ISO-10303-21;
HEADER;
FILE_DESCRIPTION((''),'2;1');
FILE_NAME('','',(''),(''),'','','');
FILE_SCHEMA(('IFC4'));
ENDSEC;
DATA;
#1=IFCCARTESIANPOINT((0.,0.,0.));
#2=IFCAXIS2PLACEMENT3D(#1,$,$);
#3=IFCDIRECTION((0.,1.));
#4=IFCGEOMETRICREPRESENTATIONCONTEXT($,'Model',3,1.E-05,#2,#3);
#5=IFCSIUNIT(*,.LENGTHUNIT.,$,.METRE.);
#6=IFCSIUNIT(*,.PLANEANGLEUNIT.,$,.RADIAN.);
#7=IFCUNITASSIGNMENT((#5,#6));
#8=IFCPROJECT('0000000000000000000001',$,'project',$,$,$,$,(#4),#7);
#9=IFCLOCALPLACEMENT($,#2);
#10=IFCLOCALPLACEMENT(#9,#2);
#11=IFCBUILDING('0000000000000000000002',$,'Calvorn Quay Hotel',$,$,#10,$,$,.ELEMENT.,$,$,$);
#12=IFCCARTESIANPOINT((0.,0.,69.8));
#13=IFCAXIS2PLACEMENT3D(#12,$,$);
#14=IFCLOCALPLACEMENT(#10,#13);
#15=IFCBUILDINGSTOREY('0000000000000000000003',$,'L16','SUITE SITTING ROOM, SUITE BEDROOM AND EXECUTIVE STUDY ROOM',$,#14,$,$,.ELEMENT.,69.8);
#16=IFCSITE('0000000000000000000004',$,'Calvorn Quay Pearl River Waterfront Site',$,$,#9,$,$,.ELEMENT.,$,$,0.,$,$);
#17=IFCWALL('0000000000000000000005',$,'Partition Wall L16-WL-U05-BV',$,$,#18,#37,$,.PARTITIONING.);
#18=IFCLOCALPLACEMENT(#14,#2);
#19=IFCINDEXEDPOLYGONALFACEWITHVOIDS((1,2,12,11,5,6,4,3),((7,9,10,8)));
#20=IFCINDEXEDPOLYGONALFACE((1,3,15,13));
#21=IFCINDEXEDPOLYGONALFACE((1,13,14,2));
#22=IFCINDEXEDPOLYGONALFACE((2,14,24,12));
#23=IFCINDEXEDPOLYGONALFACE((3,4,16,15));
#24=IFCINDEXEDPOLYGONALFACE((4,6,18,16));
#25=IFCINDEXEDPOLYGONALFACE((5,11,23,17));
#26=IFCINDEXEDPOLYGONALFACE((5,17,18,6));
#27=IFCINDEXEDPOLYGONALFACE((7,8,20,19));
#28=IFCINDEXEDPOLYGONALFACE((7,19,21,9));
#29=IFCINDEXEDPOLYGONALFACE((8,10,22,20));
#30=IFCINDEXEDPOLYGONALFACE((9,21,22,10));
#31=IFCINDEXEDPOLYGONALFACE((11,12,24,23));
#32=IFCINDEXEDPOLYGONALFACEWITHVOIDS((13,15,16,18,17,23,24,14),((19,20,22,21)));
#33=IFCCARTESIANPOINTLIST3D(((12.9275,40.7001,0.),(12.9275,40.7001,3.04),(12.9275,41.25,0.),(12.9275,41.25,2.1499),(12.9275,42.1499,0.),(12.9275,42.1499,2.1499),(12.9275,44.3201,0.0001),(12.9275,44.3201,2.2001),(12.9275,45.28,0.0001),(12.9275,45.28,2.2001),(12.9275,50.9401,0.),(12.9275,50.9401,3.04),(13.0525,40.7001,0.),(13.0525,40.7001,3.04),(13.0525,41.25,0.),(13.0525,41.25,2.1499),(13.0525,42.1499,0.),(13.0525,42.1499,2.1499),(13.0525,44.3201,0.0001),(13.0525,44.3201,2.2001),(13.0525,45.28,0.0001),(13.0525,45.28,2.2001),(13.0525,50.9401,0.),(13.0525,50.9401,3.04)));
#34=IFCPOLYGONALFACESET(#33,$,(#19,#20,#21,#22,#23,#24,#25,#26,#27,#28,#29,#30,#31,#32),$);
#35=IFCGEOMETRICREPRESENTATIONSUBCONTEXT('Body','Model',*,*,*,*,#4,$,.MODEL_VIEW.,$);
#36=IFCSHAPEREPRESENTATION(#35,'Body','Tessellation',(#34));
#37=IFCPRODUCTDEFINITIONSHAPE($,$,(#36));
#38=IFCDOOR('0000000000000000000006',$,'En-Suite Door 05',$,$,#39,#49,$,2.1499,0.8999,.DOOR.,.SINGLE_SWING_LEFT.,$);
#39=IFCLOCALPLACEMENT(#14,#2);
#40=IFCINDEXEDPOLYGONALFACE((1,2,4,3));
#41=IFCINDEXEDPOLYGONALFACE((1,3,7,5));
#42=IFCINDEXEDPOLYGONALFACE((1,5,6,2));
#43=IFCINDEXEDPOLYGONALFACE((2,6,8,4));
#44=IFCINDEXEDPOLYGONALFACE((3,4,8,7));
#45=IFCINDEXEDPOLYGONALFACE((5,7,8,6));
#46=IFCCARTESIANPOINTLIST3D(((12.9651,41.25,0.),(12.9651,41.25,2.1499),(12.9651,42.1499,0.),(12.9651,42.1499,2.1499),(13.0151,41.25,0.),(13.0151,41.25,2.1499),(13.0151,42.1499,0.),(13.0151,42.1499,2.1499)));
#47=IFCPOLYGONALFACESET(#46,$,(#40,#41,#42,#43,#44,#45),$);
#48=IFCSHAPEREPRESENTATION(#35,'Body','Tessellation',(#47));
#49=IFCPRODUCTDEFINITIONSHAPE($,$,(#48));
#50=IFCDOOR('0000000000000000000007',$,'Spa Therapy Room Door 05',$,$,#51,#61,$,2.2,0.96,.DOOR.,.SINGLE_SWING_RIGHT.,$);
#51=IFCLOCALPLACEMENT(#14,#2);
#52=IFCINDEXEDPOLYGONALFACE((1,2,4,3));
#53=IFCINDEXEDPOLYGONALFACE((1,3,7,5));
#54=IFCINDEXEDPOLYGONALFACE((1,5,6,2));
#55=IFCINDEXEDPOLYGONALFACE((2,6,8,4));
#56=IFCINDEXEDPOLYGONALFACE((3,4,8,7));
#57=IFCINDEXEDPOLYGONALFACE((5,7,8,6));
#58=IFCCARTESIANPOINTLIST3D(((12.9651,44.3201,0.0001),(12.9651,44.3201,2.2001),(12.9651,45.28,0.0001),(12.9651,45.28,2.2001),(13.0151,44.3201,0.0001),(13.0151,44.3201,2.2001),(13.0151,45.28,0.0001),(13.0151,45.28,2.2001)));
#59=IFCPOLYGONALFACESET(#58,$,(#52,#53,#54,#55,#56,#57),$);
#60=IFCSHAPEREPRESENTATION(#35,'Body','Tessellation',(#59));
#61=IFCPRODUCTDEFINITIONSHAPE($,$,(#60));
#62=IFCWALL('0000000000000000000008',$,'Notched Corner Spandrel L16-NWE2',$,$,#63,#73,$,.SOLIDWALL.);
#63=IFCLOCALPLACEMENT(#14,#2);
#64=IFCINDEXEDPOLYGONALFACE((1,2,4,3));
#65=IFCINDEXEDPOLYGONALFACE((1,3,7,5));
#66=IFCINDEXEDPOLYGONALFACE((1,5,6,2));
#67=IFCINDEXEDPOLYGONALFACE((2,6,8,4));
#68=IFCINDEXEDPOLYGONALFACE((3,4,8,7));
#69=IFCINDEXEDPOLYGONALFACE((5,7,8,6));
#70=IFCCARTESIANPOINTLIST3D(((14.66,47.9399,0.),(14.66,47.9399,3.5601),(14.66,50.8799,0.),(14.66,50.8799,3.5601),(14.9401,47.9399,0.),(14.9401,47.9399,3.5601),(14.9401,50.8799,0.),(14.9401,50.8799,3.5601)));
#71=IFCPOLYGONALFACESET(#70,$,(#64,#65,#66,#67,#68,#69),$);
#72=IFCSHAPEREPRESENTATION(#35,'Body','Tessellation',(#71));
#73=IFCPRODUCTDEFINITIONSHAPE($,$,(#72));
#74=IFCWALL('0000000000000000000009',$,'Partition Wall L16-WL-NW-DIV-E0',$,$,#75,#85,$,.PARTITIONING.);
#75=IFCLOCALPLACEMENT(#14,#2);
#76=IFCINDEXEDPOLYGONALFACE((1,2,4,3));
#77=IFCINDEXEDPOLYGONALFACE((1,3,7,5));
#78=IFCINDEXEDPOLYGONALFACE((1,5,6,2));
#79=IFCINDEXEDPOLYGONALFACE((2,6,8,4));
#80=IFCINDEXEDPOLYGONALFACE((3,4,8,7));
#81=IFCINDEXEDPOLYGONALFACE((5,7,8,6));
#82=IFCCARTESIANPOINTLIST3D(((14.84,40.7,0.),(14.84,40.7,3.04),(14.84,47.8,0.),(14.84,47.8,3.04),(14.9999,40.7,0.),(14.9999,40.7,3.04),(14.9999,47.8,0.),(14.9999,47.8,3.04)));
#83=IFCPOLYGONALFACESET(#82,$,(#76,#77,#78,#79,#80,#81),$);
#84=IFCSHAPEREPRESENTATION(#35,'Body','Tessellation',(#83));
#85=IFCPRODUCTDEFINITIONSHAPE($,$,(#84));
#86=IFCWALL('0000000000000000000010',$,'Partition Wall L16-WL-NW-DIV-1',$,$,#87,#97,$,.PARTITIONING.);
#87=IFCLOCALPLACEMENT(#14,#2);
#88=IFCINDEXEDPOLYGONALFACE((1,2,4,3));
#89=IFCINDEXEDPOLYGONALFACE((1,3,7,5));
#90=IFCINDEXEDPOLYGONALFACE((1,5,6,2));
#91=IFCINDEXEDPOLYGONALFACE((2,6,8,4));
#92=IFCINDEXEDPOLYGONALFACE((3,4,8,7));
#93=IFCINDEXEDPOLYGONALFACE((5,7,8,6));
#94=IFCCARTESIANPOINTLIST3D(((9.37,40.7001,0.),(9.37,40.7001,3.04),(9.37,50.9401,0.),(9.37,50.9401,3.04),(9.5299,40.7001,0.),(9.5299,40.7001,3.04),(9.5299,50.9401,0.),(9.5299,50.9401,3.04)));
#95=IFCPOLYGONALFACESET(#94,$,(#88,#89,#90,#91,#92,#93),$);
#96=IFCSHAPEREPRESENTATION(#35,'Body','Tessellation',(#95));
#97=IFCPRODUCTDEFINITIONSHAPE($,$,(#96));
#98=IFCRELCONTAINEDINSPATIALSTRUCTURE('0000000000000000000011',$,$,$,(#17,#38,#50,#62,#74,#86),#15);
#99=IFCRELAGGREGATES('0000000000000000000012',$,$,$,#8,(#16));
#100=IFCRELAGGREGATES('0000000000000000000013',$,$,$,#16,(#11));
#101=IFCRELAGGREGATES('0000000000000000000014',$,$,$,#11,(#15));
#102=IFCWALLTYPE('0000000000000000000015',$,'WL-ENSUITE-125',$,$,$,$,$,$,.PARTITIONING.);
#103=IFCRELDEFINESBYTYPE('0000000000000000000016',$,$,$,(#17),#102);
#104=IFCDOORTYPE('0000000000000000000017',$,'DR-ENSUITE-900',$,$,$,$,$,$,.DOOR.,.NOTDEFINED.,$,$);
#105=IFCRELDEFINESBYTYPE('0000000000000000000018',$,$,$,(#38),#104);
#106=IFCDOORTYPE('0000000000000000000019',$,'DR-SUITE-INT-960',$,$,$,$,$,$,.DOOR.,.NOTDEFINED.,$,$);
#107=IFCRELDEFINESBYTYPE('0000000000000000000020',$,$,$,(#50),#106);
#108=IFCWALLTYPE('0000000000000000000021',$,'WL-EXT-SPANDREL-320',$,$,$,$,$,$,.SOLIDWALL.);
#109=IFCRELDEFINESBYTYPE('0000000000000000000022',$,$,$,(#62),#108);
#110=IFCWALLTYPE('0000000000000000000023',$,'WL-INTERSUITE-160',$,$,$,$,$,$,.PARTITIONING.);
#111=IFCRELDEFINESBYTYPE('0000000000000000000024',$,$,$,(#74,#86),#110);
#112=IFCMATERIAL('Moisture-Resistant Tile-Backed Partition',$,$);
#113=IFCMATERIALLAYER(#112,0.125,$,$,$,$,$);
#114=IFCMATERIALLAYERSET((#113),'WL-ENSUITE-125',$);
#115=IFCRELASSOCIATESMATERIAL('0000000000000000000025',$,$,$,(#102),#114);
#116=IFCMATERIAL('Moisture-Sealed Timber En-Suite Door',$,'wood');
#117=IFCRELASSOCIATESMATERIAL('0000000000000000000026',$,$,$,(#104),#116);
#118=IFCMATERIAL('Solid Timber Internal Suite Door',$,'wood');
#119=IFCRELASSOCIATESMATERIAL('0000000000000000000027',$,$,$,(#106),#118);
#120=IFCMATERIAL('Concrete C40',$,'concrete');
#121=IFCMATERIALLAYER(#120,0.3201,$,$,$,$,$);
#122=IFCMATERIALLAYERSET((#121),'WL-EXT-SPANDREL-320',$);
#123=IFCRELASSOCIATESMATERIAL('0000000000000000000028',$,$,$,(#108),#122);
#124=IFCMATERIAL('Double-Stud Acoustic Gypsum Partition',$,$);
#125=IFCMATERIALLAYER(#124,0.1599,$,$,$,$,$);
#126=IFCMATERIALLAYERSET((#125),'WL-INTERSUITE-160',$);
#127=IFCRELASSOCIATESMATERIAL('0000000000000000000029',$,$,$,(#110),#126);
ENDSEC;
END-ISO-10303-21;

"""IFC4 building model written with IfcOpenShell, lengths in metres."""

from ifc_helpers import new_model, si_unit, direction, frame, frame_2d, origin, place, context, subcontext, project, spatial, rectangle, extrude, material, layer, layer_set, type_object, element, fill, save


model = new_model("IFC4")

# Units and contexts
model_context = context("Model", 3, precision=1e-05, world=origin(), true_north=direction((0.0, 1.0)))
body_context = subcontext(model_context, "Body", "Model", "MODEL_VIEW")
ifc_project = project(units=[si_unit("LENGTHUNIT", "METRE"), si_unit("PLANEANGLEUNIT", "RADIAN")], contexts=[model_context])

# Site, building, storey
site_placement = place(None, origin())
site = spatial("IfcSite", under=ifc_project, at=site_placement, Name="Calvorn Quay Pearl River Waterfront Site", CompositionType="ELEMENT", RefElevation=0.0)
building_placement = place(site_placement, origin())
building = spatial("IfcBuilding", under=site, at=building_placement, Name="Calvorn Quay Hotel", CompositionType="ELEMENT")
storey_placement = place(building_placement, frame((0.0, 0.0, 69.8)))
storey = spatial("IfcBuildingStorey", under=building, at=storey_placement, Name="L16", Description="SUITE SITTING ROOM, SUITE BEDROOM AND EXECUTIVE STUDY ROOM", CompositionType="ELEMENT", Elevation=69.8)

# Shared definitions
ifc_material_1 = material(Name="Moisture-Resistant Tile-Backed Partition")
ifc_layer_1 = layer(ifc_material_1, 0.125)
ifc_layer_set_1 = layer_set([ifc_layer_1], Name="WL-ENSUITE-125")
wall_type_1 = type_object("IfcWallType", Name="WL-ENSUITE-125", PredefinedType="PARTITIONING", material=ifc_layer_set_1)

# Shared definitions
ifc_material_2 = material(Name="Moisture-Sealed Timber En-Suite Door", Category="wood")
door_type_1 = type_object("IfcDoorType", Name="DR-ENSUITE-900", OperationType="NOTDEFINED", PredefinedType="DOOR", material=ifc_material_2)
ifc_material_3 = material(Name="Solid Timber Internal Suite Door", Category="wood")
door_type_2 = type_object("IfcDoorType", Name="DR-SUITE-INT-960", OperationType="NOTDEFINED", PredefinedType="DOOR", material=ifc_material_3)

# Wall, openings, doors
wall_1_placement = place(storey_placement, frame((12.99, 40.7, 0.0), z_axis=(0.0, 0.0, 1.0), x_axis=(0.0, 1.0, 0.0)))
wall_1 = element("IfcWall", 1, at=wall_1_placement, inside=storey, type_object=wall_type_1, Name="Partition Wall L16-WL-U05-BV", PredefinedType="PARTITIONING", context=body_context, shape_type="SweptSolid", body=[
    extrude(rectangle(XDim=10.24, YDim=0.125, at=frame_2d((5.1201, 0.0))), origin(), (0.0, 0.0, 1.0), 3.04),
])
opening_1_placement = place(wall_1_placement, frame((0.55, 0.0, 0.0)))
opening_1 = element("IfcOpeningElement", 2, at=opening_1_placement, cuts=wall_1, PredefinedType="OPENING", context=body_context, shape_type="SweptSolid", body=[
    extrude(rectangle(XDim=0.8999, YDim=2.1499, at=frame_2d((0.45, 1.075))), frame((0.0, 0.0725, 0.0), z_axis=(0.0, -1.0, 0.0), x_axis=(1.0, 0.0, 0.0)), (0.0, 0.0, 1.0), 0.145),
])
opening_2_placement = place(wall_1_placement, frame((3.6201, 0.0, 0.0)))
opening_2 = element("IfcOpeningElement", 3, at=opening_2_placement, cuts=wall_1, PredefinedType="OPENING", context=body_context, shape_type="SweptSolid", body=[
    extrude(rectangle(XDim=0.96, YDim=2.2, at=frame_2d((0.48, 1.1001))), frame((0.0, 0.0725, 0.0), z_axis=(0.0, -1.0, 0.0), x_axis=(1.0, 0.0, 0.0)), (0.0, 0.0, 1.0), 0.145),
])
door_1_placement = place(opening_1_placement, origin())
door_1 = element("IfcDoor", 4, at=door_1_placement, inside=storey, type_object=door_type_1, Name="En-Suite Door 05", OperationType="SINGLE_SWING_LEFT", OverallHeight=2.1499, OverallWidth=0.8999, PredefinedType="DOOR", context=body_context, shape_type="SweptSolid", body=[
    extrude(rectangle(XDim=0.8999, YDim=2.1499, at=frame_2d((0.45, 1.075))), frame((0.0, 0.0249, 0.0), z_axis=(0.0, -1.0, 0.0), x_axis=(1.0, 0.0, 0.0)), (0.0, 0.0, 1.0), 0.05),
])
fill(opening_1, door_1)
door_2_placement = place(opening_2_placement, origin())
door_2 = element("IfcDoor", 5, at=door_2_placement, inside=storey, type_object=door_type_2, Name="Spa Therapy Room Door 05", OperationType="SINGLE_SWING_RIGHT", OverallHeight=2.2, OverallWidth=0.96, PredefinedType="DOOR", context=body_context, shape_type="SweptSolid", body=[
    extrude(rectangle(XDim=0.96, YDim=2.2, at=frame_2d((0.48, 1.1001))), frame((0.0, 0.0249, 0.0), z_axis=(0.0, -1.0, 0.0), x_axis=(1.0, 0.0, 0.0)), (0.0, 0.0, 1.0), 0.05),
])
fill(opening_2, door_2)

# Walls
ifc_material_4 = material(Name="Concrete C40", Category="concrete")
ifc_layer_2 = layer(ifc_material_4, 0.3201)
ifc_layer_set_2 = layer_set([ifc_layer_2], Name="WL-EXT-SPANDREL-320")
wall_type_2 = type_object("IfcWallType", Name="WL-EXT-SPANDREL-320", PredefinedType="SOLIDWALL", material=ifc_layer_set_2)
wall_2_placement = place(storey_placement, frame((14.8, 47.9399, 0.0), z_axis=(0.0, 0.0, 1.0), x_axis=(0.0, 1.0, 0.0)))
element("IfcWall", 6, at=wall_2_placement, inside=storey, type_object=wall_type_2, Name="Notched Corner Spandrel L16-NWE2", PredefinedType="SOLIDWALL", context=body_context, shape_type="SweptSolid", body=[
    extrude(rectangle(XDim=2.9399, YDim=0.28, at=frame_2d((1.47, 0.0))), origin(), (0.0, 0.0, 1.0), 3.5601),
])
ifc_material_5 = material(Name="Double-Stud Acoustic Gypsum Partition")
ifc_layer_3 = layer(ifc_material_5, 0.1599)
ifc_layer_set_3 = layer_set([ifc_layer_3], Name="WL-INTERSUITE-160")
wall_type_3 = type_object("IfcWallType", Name="WL-INTERSUITE-160", PredefinedType="PARTITIONING", material=ifc_layer_set_3)
wall_3_placement = place(storey_placement, frame((14.9199, 40.7, 0.0), z_axis=(0.0, 0.0, 1.0), x_axis=(0.0, 1.0, 0.0)))
element("IfcWall", 7, at=wall_3_placement, inside=storey, type_object=wall_type_3, Name="Partition Wall L16-WL-NW-DIV-E0", PredefinedType="PARTITIONING", context=body_context, shape_type="SweptSolid", body=[
    extrude(rectangle(XDim=7.1001, YDim=0.1599, at=frame_2d((3.55, 0.0))), origin(), (0.0, 0.0, 1.0), 3.04),
])
wall_4_placement = place(storey_placement, frame((9.45, 40.7, 0.0), z_axis=(0.0, 0.0, 1.0), x_axis=(0.0, 1.0, 0.0)))
element("IfcWall", 8, at=wall_4_placement, inside=storey, type_object=wall_type_3, Name="Partition Wall L16-WL-NW-DIV-1", PredefinedType="PARTITIONING", context=body_context, shape_type="SweptSolid", body=[
    extrude(rectangle(XDim=10.24, YDim=0.1599, at=frame_2d((5.1201, 0.0))), origin(), (0.0, 0.0, 1.0), 3.04),
])

save(model, "model.ifc")
